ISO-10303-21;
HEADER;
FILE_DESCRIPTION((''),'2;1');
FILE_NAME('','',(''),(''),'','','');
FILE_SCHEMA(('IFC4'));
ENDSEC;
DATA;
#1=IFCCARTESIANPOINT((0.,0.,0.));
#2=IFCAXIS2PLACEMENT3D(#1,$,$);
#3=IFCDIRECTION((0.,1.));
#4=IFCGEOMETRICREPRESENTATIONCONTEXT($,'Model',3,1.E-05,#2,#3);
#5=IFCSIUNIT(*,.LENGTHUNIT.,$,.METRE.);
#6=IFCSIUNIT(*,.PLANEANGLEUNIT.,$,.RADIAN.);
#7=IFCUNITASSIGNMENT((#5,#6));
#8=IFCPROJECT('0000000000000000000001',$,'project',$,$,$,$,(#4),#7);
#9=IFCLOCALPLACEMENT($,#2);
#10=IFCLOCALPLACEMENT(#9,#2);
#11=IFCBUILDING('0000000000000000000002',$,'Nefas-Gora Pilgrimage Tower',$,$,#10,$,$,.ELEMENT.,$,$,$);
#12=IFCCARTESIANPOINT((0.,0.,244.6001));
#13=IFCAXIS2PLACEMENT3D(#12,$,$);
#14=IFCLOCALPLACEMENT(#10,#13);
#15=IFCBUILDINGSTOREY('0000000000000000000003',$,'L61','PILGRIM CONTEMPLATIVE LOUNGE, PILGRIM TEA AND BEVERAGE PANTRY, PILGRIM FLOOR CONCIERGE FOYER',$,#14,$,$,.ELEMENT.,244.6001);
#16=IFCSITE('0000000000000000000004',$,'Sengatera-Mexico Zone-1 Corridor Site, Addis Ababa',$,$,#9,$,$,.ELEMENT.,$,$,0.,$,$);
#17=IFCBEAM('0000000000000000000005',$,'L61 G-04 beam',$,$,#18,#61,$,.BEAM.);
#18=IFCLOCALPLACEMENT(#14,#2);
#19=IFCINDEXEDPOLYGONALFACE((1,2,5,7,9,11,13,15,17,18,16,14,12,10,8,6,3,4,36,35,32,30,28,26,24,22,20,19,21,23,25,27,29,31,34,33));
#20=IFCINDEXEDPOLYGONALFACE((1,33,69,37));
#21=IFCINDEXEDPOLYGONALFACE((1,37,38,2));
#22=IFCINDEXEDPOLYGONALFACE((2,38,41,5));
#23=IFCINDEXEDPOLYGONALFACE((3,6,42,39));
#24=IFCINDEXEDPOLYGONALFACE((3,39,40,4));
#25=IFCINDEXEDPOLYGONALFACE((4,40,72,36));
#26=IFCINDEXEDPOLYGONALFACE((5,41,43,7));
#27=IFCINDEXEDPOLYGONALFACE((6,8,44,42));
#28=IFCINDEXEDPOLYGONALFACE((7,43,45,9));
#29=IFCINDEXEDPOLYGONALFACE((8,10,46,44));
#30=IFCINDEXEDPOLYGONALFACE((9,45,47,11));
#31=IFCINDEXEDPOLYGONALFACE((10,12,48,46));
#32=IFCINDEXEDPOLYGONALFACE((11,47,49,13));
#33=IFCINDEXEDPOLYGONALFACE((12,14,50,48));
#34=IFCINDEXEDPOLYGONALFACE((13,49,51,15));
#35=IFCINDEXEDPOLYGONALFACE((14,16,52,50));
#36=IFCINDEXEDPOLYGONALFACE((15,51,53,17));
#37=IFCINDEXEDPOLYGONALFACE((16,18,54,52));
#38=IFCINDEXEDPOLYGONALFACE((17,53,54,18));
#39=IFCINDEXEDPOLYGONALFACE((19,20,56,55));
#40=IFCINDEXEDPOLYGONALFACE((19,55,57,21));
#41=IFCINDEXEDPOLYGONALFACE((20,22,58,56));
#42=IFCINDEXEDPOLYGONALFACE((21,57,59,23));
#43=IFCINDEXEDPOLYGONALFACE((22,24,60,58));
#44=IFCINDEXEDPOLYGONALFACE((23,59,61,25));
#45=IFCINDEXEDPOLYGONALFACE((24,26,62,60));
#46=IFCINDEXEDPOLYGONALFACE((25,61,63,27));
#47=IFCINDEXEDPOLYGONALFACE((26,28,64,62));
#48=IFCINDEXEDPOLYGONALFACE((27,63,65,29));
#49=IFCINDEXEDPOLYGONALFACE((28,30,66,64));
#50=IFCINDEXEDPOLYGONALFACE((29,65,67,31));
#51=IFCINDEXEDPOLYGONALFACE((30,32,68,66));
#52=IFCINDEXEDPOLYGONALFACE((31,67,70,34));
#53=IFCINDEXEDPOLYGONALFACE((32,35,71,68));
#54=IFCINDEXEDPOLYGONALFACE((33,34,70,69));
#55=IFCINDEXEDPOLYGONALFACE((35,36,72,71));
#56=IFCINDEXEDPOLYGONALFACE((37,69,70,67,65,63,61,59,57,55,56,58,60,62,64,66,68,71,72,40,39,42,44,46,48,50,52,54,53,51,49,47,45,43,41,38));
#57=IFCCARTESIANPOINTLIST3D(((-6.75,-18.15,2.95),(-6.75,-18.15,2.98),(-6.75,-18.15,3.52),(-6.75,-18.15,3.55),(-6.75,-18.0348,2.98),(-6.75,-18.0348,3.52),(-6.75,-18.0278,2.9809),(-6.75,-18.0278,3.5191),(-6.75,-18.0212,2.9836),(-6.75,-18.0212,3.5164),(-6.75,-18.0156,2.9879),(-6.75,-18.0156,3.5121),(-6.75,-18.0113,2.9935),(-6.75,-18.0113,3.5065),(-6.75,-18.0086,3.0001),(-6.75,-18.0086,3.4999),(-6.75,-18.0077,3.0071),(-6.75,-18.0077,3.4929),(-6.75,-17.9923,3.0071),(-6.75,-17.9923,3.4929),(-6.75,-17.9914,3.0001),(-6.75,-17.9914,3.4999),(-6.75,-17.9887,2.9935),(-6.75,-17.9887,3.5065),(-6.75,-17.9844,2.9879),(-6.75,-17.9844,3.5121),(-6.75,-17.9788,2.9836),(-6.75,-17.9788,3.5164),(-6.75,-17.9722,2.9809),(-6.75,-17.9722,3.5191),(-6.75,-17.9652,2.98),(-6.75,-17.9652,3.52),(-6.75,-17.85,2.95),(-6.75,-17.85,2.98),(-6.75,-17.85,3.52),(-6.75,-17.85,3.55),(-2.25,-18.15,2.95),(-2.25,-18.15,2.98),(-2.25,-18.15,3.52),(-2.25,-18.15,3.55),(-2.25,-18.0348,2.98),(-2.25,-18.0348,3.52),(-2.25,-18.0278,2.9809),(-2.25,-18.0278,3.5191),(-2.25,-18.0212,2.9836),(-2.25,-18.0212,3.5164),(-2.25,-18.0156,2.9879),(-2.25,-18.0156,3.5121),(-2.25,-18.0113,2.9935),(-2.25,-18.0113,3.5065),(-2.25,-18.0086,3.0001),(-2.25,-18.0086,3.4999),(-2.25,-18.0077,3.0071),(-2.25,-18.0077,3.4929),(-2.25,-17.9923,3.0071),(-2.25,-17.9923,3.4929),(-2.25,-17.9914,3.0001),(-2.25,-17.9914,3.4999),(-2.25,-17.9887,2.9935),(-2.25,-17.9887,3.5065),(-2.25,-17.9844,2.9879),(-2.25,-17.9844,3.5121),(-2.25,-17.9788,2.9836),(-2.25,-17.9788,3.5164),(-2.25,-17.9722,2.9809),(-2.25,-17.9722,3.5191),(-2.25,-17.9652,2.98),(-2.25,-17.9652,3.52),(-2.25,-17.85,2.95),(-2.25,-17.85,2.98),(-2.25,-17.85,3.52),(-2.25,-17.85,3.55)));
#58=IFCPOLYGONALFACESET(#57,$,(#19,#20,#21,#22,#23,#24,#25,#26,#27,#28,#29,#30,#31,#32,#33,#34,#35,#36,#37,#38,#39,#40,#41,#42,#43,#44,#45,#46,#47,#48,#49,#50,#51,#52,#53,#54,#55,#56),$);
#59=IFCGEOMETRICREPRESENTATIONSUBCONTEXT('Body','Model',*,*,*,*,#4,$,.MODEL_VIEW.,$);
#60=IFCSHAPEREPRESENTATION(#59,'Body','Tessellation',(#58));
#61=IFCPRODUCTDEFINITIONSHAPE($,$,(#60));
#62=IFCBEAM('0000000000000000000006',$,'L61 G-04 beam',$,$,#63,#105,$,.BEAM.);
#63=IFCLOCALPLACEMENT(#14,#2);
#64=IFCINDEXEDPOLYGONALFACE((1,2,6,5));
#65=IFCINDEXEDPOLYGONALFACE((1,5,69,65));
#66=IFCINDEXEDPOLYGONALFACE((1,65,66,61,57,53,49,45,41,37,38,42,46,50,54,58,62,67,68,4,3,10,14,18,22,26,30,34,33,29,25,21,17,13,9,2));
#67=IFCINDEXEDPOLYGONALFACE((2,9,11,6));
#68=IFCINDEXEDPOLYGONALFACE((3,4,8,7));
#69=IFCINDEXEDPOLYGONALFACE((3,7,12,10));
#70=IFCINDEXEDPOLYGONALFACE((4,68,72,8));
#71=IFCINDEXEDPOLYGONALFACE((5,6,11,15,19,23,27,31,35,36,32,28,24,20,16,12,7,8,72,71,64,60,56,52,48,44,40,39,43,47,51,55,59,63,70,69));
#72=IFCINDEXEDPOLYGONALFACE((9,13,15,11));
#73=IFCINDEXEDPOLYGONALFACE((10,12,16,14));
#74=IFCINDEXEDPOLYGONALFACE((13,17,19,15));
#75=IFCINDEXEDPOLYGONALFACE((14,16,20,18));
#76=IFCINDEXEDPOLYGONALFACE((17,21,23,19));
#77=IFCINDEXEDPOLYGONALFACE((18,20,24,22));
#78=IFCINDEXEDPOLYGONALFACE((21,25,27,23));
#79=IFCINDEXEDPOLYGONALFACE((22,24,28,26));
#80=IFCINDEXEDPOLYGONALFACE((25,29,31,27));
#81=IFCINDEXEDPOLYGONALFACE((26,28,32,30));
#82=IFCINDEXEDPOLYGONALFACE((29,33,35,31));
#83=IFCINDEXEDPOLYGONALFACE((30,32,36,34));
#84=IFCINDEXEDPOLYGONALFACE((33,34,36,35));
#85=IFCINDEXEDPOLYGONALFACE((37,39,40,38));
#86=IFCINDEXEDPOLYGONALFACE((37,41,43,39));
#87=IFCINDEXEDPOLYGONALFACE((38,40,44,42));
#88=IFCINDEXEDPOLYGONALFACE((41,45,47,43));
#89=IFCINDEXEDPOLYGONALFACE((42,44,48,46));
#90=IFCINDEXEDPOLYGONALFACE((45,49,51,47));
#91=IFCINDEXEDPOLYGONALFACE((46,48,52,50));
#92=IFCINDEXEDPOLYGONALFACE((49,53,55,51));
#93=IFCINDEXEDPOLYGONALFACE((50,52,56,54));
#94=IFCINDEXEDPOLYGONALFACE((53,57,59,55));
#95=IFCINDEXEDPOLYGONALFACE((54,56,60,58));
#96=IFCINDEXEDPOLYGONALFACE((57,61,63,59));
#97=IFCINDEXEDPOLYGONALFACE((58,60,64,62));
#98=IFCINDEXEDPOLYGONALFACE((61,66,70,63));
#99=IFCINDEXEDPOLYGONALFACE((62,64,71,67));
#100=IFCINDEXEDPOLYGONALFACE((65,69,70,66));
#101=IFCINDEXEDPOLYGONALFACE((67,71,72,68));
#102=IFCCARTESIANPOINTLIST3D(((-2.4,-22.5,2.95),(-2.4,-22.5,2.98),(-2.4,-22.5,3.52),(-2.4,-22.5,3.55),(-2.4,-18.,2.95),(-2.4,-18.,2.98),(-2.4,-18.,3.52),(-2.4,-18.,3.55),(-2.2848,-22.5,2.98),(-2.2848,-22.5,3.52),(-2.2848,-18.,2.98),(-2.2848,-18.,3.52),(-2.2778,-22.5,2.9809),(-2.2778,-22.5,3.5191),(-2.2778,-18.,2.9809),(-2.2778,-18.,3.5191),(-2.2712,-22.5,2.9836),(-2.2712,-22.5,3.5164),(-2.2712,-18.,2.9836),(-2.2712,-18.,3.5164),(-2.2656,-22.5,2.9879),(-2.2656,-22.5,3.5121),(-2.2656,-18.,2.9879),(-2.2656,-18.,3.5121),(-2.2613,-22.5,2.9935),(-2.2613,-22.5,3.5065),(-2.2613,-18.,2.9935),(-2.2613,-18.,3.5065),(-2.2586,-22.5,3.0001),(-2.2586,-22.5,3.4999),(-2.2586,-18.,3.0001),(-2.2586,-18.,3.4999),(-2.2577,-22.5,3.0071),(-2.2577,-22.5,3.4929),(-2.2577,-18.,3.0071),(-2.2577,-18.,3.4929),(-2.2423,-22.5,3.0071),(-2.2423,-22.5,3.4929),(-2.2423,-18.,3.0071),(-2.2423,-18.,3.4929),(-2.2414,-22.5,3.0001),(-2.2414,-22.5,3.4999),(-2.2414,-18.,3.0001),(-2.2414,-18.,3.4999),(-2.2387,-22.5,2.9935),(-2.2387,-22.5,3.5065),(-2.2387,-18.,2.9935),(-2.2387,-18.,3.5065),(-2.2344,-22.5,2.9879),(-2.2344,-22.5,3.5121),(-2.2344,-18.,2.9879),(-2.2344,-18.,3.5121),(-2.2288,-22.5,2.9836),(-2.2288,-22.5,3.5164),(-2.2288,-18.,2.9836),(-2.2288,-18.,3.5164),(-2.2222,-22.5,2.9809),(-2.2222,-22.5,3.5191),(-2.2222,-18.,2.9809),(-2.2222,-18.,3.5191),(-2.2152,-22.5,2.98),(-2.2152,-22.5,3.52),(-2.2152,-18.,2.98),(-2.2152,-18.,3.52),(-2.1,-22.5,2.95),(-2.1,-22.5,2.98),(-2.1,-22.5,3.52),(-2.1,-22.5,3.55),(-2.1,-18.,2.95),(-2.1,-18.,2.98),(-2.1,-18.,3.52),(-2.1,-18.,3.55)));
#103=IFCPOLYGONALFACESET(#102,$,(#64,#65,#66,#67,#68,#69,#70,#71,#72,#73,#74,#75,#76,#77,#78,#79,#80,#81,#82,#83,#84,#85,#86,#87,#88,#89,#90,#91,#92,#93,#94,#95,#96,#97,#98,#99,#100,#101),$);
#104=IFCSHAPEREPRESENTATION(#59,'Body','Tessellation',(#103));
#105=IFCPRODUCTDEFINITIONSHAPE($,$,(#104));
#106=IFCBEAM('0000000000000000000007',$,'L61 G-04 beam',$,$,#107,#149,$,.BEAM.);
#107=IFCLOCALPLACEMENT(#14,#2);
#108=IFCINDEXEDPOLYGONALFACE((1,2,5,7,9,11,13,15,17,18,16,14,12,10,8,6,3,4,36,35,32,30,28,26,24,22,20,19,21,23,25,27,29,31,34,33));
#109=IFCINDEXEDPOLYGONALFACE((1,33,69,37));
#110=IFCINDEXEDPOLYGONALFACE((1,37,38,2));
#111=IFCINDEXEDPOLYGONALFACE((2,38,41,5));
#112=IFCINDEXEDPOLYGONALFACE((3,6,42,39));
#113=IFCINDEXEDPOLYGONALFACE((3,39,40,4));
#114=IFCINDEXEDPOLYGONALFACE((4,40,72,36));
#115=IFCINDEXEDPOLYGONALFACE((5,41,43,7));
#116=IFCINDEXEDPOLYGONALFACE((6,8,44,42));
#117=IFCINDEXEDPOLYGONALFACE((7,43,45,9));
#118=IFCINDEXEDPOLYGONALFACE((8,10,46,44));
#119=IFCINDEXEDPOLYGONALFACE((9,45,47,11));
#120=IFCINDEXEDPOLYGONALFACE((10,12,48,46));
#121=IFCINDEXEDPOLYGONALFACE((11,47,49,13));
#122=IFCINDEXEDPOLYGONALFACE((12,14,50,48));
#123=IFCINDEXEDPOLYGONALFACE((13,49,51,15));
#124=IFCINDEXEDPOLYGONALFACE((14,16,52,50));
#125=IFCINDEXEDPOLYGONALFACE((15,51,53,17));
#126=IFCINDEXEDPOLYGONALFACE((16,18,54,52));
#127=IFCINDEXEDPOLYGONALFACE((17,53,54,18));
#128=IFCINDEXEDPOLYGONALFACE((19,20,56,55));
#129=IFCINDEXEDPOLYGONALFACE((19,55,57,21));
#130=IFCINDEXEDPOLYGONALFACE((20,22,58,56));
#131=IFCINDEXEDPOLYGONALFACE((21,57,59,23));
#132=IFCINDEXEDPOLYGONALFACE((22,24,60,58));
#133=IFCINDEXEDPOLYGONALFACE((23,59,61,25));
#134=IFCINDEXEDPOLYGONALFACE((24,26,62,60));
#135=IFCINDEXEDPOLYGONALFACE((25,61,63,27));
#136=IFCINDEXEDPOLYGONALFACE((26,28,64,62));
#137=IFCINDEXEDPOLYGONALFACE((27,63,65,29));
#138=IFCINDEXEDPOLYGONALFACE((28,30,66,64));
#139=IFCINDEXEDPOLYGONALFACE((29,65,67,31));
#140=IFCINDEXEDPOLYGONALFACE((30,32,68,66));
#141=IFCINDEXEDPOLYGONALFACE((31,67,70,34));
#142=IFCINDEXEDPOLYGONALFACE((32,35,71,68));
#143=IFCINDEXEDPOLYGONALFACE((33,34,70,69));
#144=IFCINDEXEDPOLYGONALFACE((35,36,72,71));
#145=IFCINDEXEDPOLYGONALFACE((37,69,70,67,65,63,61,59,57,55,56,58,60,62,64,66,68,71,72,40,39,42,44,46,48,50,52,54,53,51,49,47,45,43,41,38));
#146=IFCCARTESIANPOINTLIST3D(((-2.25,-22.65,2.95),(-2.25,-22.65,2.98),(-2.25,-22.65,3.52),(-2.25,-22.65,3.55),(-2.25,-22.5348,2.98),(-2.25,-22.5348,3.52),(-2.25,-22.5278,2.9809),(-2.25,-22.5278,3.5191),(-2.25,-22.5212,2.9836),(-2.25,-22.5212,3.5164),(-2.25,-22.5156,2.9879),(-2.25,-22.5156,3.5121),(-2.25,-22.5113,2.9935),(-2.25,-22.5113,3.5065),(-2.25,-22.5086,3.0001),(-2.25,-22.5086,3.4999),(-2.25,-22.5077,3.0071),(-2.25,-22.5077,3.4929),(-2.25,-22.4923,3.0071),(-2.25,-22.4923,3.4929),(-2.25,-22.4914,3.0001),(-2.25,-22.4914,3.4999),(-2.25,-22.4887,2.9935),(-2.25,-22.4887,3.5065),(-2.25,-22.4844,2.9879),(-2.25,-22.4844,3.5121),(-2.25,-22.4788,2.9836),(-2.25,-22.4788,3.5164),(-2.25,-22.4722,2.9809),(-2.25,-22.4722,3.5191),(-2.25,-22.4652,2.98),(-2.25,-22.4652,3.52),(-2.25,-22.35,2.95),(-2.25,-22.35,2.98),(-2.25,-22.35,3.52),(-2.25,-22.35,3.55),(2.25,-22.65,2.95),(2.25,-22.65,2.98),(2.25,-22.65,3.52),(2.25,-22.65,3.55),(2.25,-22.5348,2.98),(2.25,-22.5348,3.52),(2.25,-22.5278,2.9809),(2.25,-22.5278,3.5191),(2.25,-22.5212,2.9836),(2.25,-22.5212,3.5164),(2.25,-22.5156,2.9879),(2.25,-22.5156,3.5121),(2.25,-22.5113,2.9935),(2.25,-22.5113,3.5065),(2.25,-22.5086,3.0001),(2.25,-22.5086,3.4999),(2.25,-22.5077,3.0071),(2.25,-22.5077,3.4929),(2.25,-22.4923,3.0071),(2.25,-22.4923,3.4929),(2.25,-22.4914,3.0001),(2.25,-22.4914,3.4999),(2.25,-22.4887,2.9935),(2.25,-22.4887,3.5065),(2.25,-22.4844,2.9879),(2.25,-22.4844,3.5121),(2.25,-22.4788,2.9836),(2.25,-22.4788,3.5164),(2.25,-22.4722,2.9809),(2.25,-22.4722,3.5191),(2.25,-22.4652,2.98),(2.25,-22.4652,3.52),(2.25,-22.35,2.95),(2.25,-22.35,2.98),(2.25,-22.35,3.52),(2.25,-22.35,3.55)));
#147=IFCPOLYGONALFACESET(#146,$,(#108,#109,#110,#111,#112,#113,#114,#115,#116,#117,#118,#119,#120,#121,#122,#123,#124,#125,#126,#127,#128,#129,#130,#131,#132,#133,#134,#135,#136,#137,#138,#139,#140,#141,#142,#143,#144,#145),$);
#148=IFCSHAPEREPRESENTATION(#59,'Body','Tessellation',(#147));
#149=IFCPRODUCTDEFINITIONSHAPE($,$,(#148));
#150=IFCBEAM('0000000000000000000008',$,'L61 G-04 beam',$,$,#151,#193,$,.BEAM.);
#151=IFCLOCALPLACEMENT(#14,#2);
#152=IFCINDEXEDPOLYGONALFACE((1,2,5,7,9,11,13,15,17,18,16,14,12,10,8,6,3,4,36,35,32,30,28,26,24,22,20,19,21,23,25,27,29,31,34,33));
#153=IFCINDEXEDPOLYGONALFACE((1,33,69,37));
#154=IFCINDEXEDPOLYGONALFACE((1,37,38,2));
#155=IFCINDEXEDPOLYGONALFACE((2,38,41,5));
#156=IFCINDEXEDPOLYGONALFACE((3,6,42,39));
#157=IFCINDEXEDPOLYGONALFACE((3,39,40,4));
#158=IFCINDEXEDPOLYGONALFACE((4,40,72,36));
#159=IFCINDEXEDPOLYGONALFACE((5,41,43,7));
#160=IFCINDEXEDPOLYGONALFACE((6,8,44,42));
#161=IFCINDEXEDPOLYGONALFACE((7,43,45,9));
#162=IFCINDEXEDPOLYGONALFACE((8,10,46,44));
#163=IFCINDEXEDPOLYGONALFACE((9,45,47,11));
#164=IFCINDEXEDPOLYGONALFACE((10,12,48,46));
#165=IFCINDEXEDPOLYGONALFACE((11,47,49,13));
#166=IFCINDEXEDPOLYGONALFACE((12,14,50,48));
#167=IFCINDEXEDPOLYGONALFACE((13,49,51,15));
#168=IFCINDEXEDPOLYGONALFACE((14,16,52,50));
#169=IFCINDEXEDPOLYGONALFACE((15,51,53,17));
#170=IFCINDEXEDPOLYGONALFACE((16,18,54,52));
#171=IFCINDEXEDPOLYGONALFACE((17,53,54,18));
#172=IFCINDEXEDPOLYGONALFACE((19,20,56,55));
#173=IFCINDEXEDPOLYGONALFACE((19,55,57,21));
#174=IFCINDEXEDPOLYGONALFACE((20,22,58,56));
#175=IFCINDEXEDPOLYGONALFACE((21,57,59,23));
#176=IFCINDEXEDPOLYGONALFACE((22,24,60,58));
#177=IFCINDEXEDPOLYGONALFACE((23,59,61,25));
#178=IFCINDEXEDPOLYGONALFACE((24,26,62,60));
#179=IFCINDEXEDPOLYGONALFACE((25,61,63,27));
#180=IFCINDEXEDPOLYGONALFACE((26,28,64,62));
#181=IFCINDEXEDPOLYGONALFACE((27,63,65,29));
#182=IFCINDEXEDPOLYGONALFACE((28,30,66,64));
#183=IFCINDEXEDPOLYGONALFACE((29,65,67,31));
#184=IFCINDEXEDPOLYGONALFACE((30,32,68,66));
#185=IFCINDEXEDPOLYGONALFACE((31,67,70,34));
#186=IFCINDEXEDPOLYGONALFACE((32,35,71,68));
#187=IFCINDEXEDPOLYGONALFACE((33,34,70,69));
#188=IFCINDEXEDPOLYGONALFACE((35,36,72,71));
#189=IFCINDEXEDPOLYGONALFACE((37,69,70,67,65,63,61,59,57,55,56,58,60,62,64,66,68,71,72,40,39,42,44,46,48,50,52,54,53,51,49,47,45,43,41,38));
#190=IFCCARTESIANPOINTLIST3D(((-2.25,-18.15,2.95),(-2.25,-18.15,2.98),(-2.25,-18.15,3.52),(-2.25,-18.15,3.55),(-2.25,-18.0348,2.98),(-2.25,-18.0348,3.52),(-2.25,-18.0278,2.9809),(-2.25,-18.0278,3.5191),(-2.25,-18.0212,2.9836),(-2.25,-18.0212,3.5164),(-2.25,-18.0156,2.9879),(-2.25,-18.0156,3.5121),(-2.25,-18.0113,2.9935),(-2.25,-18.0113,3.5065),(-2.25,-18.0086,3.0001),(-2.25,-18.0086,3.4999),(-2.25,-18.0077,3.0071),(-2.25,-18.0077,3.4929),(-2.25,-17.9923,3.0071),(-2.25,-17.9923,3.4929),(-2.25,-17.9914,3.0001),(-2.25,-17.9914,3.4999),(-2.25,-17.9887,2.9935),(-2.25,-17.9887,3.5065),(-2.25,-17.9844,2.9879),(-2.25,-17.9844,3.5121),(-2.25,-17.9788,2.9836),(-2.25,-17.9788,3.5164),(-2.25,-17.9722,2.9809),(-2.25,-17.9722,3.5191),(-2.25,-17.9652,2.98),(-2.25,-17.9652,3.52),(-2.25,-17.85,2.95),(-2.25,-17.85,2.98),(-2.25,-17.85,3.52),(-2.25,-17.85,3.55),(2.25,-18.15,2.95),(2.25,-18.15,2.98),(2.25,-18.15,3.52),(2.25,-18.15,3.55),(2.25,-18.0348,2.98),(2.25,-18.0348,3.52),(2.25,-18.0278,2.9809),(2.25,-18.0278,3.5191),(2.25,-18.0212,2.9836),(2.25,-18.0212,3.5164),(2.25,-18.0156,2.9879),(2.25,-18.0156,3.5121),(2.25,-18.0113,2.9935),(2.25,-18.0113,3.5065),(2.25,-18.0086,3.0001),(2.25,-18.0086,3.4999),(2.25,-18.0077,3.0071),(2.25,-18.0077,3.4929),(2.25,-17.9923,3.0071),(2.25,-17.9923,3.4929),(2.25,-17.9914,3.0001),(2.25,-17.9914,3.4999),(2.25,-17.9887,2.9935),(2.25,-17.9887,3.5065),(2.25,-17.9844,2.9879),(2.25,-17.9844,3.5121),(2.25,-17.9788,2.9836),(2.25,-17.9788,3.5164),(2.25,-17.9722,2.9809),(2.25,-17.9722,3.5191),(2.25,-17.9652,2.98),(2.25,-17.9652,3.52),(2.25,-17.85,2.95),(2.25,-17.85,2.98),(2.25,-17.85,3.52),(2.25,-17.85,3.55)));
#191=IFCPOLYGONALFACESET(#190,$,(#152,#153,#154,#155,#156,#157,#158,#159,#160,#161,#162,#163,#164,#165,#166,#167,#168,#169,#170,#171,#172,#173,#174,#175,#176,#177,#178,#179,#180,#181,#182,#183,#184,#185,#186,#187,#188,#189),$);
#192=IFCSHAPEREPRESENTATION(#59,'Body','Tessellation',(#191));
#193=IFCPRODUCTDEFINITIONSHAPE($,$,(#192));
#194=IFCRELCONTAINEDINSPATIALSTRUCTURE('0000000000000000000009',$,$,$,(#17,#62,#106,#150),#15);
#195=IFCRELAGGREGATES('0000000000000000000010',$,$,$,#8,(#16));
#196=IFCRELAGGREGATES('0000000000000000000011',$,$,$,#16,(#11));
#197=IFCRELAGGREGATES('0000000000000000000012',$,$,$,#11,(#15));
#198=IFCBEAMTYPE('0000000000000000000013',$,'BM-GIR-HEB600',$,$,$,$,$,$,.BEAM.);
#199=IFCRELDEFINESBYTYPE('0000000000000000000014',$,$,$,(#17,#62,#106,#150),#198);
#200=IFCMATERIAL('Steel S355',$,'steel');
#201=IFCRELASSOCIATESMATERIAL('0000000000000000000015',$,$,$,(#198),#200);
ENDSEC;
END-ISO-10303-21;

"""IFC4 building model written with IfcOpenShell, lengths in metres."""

from ifc_helpers import new_model, si_unit, direction, frame, origin, origin_2d, place, context, subcontext, project, spatial, i_section, extrude, source, transform, mapped, material, material_profile, profile_set, type_object, element, save


model = new_model("IFC4")

# Units and contexts
model_context = context("Model", 3, precision=1e-05, world=origin(), true_north=direction((0.0, 1.0)))
body_context = subcontext(model_context, "Body", "Model", "MODEL_VIEW")
ifc_project = project(units=[si_unit("LENGTHUNIT", "METRE"), si_unit("PLANEANGLEUNIT", "RADIAN")], contexts=[model_context])

# Site, building, storey
site_placement = place(None, origin())
site = spatial("IfcSite", under=ifc_project, at=site_placement, Name="Sengatera-Mexico Zone-1 Corridor Site, Addis Ababa", CompositionType="ELEMENT", RefElevation=0.0)
building_placement = place(site_placement, origin())
building = spatial("IfcBuilding", under=site, at=building_placement, Name="Nefas-Gora Pilgrimage Tower", CompositionType="ELEMENT")
storey_placement = place(building_placement, frame((0.0, 0.0, 244.6001)))
storey = spatial("IfcBuildingStorey", under=building, at=storey_placement, Name="L61", Description="PILGRIM CONTEMPLATIVE LOUNGE, PILGRIM TEA AND BEVERAGE PANTRY, PILGRIM FLOOR CONCIERGE FOYER", CompositionType="ELEMENT", Elevation=244.6001)

# Beams
ifc_material_1 = material(Name="Steel S355", Category="steel")
ifc_material_profile_1 = material_profile(ifc_material_1, i_section(OverallWidth=0.3, OverallDepth=0.6001, WebThickness=0.0154, FlangeThickness=0.03, FilletRadius=0.0271, at=origin_2d()), Name="HEB 600")
ifc_profile_set_1 = profile_set([ifc_material_profile_1], Name="Steel S355")
beam_type = type_object("IfcBeamType", Name="BM-GIR-HEB600", PredefinedType="BEAM", material=ifc_profile_set_1)
shared_shape_1 = source(origin(), body_context, "Body", "SweptSolid", [
    extrude(i_section(OverallWidth=0.3, OverallDepth=0.6001, WebThickness=0.0154, FlangeThickness=0.03, FilletRadius=0.0271, at=origin_2d()), origin(), (0.0, 0.0, 1.0), 4.5),
])
for number, where, z_axis, x_axis, name in (
    (1, (-6.75, -18.0, 3.25), (1.0, 0.0, 0.0), (0.0, 1.0, 0.0), "L61 G-04 beam"),
    (2, (-2.25, -22.5, 3.25), (0.0, 1.0, 0.0), (-1.0, 0.0, 0.0), "L61 G-04 beam"),
    (3, (-2.25, -22.5, 3.25), (1.0, 0.0, 0.0), (0.0, 1.0, 0.0), "L61 G-04 beam"),
    (4, (-2.25, -18.0, 3.25), (1.0, 0.0, 0.0), (0.0, 1.0, 0.0), "L61 G-04 beam"),
):
    element("IfcBeam", number, at=place(storey_placement, frame(where, z_axis=z_axis, x_axis=x_axis)), inside=storey, type_object=beam_type, Name=name, PredefinedType="BEAM", context=body_context, shape_type="MappedRepresentation", body=[
        mapped(shared_shape_1, transform((0.0, 0.0, 0.0), x_axis=(1.0, 0.0, 0.0), y_axis=(0.0, 1.0, 0.0), z_axis=(0.0, 0.0, 1.0), scale=1.0)),
    ])

save(model, "model.ifc")
